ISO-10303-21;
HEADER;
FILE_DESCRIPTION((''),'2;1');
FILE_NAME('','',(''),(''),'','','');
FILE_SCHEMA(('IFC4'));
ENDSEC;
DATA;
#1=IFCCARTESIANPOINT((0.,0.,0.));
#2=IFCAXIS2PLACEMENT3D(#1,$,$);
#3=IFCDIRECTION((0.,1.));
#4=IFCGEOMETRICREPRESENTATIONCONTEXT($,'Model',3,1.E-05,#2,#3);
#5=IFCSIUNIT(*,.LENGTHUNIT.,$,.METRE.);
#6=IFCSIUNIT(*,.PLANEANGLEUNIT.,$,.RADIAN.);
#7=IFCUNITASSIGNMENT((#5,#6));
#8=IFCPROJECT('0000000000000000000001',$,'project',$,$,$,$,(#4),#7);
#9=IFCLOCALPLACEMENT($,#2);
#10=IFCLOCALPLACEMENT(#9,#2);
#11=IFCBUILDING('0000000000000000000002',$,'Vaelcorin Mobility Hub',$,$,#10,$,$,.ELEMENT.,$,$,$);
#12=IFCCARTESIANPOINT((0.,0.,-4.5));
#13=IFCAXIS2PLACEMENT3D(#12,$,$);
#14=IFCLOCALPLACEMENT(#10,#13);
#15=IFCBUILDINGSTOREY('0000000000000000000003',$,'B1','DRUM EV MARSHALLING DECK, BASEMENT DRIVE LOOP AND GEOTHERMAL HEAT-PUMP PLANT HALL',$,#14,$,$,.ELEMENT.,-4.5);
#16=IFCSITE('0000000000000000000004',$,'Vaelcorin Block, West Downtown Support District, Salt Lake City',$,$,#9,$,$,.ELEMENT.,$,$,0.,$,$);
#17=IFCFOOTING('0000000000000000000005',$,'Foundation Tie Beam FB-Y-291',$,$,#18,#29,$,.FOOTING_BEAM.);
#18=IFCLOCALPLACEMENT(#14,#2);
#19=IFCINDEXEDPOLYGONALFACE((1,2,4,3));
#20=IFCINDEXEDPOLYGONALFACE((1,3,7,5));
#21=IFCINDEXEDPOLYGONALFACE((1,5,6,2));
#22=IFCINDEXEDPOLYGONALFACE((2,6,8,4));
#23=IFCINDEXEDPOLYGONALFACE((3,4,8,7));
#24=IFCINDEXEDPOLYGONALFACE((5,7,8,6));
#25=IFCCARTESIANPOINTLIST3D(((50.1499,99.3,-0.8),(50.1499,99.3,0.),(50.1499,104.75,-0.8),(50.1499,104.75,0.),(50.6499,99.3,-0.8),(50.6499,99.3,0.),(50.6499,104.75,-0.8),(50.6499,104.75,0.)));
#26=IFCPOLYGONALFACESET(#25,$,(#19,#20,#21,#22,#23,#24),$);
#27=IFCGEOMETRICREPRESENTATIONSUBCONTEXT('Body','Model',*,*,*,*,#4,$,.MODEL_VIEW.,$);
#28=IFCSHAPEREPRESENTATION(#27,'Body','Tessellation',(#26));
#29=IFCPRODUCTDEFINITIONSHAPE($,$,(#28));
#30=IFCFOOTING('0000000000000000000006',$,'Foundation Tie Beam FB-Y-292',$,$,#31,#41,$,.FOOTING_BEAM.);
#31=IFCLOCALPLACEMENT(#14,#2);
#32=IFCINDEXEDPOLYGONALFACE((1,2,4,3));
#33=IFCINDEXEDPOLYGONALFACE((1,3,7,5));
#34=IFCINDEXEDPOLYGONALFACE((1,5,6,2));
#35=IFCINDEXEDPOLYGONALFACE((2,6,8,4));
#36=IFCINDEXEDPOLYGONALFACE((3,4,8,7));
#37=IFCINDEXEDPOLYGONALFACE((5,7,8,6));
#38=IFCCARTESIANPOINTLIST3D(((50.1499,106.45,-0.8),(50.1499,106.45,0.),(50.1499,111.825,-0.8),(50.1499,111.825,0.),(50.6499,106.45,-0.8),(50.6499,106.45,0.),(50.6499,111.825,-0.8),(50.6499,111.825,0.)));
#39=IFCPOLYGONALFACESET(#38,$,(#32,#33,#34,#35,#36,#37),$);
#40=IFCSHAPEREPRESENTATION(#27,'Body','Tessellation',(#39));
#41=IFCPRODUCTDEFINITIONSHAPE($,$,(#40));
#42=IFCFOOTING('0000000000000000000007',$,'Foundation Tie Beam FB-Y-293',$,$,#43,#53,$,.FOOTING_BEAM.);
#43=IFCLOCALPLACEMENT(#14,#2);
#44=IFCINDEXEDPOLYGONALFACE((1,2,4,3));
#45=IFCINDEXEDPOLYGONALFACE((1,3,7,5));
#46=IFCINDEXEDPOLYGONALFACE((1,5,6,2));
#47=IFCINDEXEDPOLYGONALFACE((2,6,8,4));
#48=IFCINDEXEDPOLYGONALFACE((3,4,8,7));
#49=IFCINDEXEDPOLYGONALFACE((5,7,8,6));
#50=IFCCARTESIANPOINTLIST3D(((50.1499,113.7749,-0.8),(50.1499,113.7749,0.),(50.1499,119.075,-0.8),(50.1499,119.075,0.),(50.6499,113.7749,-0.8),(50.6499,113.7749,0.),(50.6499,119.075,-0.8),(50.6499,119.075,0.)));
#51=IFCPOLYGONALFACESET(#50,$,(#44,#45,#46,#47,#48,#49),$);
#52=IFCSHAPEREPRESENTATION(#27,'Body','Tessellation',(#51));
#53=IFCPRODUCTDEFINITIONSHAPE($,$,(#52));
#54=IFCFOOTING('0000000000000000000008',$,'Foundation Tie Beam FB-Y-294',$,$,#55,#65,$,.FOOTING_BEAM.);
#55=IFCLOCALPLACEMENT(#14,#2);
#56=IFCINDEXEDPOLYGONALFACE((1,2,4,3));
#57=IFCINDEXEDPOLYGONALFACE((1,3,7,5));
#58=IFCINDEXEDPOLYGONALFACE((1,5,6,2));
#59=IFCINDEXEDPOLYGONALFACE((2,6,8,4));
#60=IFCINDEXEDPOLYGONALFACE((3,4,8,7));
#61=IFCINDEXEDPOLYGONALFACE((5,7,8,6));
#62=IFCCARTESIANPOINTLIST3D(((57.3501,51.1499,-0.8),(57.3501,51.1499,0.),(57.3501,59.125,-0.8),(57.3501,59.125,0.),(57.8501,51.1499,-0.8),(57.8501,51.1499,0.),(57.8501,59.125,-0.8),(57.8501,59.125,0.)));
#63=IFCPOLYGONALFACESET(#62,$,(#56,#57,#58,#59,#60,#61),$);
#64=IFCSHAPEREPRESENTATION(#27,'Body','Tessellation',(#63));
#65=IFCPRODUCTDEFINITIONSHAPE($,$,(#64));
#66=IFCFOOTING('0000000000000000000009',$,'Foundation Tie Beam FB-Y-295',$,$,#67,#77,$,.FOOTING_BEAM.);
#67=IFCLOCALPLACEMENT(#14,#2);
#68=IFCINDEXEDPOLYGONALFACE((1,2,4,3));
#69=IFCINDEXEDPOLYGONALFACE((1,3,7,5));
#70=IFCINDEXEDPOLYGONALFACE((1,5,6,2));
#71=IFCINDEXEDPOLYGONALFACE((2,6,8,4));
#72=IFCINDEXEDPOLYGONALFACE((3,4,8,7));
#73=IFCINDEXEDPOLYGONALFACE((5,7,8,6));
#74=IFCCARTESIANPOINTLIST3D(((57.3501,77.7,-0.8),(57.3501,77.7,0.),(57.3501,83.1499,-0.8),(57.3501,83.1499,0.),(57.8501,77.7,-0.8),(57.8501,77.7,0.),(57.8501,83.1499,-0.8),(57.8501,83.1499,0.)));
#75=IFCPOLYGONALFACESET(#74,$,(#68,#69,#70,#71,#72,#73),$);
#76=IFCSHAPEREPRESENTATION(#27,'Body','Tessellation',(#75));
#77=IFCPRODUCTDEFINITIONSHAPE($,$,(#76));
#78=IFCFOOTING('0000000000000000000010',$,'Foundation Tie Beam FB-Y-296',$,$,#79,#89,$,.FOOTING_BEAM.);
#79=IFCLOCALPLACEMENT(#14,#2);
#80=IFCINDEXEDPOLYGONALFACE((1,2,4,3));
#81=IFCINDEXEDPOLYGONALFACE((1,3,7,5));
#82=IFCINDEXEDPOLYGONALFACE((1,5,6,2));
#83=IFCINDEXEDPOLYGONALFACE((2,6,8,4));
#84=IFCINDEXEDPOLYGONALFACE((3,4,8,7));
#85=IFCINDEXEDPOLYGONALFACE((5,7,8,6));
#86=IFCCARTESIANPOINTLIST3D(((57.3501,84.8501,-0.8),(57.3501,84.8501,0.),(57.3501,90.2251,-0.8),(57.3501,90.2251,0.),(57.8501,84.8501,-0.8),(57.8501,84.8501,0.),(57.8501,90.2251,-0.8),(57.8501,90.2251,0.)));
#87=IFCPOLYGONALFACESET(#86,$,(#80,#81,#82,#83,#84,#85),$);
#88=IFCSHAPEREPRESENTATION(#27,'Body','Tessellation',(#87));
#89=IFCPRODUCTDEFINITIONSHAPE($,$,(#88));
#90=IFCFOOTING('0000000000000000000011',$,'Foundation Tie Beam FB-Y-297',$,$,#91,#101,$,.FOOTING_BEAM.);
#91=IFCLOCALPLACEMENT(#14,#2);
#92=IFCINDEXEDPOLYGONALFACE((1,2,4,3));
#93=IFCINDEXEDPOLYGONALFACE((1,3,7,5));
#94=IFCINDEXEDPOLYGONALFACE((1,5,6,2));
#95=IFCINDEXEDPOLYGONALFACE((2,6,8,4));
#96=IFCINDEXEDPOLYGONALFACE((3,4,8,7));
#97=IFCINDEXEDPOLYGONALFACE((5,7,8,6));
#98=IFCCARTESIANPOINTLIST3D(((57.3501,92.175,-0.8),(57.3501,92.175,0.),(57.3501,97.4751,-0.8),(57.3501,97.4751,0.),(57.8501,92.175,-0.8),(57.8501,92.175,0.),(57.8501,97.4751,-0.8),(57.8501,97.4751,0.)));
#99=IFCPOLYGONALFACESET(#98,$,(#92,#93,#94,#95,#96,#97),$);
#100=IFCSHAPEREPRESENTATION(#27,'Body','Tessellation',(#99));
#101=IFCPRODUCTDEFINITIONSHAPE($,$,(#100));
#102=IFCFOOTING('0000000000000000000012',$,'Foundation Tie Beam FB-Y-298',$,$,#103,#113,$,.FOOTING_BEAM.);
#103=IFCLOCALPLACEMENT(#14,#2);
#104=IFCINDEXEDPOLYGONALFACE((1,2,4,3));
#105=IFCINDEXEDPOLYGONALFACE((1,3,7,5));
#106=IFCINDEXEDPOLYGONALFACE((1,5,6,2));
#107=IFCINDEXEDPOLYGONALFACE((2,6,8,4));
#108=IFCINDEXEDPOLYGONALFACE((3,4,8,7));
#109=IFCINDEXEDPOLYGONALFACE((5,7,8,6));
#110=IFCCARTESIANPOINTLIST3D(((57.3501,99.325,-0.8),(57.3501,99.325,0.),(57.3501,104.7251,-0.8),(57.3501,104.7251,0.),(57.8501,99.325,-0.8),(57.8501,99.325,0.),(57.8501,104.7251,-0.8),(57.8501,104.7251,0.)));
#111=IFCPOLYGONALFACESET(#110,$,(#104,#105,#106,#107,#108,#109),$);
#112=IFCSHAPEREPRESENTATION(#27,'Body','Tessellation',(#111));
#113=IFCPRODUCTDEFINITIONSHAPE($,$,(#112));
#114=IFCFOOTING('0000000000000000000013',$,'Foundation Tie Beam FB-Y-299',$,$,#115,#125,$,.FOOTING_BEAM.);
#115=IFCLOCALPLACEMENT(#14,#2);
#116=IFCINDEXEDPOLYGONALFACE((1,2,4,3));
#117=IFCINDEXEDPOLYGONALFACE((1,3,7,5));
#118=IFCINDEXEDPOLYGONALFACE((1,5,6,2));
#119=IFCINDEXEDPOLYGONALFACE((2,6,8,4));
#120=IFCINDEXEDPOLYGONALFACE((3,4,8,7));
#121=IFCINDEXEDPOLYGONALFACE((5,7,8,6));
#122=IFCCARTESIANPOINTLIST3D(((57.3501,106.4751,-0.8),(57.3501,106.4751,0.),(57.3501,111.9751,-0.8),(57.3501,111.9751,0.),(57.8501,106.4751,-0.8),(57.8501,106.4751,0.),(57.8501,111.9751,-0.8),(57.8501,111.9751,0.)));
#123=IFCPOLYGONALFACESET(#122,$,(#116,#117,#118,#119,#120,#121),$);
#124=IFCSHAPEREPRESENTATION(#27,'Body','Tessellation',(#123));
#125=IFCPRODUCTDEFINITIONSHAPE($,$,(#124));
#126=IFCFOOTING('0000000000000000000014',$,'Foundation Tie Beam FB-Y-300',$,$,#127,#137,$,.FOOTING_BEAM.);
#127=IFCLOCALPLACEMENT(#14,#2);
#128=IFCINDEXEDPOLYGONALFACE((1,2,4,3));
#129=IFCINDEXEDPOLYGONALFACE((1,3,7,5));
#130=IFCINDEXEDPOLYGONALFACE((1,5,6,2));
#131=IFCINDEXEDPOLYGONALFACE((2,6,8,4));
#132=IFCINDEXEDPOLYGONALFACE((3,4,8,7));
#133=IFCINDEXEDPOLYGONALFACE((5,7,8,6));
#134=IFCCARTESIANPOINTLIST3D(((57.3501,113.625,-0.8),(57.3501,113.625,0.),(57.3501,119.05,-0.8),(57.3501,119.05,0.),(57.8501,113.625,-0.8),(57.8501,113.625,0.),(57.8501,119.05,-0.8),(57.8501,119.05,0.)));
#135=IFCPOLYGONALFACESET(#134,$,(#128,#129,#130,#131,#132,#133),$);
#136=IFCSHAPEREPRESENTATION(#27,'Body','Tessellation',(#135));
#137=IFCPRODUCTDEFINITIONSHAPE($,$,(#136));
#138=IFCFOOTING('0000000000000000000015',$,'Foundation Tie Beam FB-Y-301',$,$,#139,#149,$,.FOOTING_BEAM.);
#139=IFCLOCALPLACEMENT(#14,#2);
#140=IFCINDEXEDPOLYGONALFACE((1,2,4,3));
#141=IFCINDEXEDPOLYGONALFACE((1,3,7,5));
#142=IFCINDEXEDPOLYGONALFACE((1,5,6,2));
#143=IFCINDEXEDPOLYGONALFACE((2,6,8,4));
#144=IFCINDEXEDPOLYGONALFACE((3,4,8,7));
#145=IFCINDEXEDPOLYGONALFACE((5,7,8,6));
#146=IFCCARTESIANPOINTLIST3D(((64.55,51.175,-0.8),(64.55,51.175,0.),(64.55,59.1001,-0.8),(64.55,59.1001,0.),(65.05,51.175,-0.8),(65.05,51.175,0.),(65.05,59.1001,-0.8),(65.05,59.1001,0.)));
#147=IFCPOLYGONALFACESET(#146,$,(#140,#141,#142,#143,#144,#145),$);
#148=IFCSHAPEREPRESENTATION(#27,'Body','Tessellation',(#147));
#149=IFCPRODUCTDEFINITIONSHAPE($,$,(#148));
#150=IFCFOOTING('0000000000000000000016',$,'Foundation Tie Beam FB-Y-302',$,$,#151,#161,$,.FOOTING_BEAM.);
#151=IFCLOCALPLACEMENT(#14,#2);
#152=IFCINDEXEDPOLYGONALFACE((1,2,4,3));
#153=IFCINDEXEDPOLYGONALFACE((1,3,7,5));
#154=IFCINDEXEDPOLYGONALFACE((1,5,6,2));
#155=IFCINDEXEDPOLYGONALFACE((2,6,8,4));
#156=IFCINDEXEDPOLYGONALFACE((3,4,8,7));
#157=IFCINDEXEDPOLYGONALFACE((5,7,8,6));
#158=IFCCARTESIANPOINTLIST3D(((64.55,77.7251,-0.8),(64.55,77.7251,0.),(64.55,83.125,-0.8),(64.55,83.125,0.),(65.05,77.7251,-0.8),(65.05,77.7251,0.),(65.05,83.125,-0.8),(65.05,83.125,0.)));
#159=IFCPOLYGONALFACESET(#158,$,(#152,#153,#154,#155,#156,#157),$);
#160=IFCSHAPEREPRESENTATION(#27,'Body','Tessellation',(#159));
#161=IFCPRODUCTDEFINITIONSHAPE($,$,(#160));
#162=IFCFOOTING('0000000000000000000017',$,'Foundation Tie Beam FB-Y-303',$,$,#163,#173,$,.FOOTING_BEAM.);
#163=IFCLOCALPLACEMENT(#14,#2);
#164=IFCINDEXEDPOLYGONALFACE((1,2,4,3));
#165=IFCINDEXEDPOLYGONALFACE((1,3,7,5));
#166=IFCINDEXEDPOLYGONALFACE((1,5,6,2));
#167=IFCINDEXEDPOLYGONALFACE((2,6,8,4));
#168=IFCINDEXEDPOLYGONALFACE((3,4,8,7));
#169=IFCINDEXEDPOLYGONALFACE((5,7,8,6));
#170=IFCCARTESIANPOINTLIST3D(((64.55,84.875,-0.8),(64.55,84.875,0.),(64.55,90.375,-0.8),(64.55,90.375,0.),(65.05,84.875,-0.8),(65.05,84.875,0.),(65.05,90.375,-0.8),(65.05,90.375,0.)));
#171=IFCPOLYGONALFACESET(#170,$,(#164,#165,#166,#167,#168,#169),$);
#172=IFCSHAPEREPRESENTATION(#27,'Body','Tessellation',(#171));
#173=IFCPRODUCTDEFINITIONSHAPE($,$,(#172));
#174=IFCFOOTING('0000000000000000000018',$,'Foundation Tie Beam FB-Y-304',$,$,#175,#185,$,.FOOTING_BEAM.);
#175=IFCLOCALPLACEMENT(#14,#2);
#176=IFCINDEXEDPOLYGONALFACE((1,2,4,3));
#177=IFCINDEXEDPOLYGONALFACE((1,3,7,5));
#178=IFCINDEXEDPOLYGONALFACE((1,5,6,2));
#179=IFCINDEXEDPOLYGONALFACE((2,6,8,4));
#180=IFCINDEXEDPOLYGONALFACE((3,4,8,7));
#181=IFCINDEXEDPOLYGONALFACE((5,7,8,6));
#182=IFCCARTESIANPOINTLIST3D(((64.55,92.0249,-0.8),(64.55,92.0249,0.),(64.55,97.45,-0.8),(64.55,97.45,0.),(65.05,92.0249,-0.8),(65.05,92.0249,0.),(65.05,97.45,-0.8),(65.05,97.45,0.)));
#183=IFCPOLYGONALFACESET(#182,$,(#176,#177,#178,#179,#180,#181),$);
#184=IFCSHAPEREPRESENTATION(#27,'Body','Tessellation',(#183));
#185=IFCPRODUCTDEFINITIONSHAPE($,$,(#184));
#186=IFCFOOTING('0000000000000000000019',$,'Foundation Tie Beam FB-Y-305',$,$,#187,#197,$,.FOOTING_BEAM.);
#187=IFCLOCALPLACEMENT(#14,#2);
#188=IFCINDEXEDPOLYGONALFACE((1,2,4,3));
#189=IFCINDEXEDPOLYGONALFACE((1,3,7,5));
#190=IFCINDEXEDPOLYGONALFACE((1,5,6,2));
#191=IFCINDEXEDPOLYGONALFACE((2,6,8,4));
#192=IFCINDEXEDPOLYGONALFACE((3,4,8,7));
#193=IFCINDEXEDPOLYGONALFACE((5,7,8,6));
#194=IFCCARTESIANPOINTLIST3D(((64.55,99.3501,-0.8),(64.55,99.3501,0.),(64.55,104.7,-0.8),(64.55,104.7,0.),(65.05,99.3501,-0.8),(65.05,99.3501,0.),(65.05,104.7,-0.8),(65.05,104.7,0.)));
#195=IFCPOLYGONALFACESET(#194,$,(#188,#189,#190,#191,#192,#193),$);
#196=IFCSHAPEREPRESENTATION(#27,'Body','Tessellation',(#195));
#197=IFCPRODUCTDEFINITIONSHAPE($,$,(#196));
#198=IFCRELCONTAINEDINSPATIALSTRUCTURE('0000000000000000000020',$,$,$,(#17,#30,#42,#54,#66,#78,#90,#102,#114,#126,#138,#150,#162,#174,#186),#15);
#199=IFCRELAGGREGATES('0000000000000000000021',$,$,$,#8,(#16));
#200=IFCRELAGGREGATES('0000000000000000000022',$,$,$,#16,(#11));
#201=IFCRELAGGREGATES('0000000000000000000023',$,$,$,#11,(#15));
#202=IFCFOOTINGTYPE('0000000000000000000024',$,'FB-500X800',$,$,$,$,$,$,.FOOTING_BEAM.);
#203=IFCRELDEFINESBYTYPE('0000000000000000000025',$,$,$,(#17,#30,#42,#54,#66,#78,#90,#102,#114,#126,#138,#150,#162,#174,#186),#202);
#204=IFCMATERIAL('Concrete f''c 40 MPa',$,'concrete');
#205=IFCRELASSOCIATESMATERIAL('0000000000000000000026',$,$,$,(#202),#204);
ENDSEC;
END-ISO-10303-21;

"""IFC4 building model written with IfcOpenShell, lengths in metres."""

from ifc_helpers import new_model, si_unit, direction, frame, origin, place, context, subcontext, project, spatial, polyline, outline, extrude, material, type_object, element, save


model = new_model("IFC4")

# Units and contexts
model_context = context("Model", 3, precision=1e-05, world=origin(), true_north=direction((0.0, 1.0)))
body_context = subcontext(model_context, "Body", "Model", "MODEL_VIEW")
ifc_project = project(units=[si_unit("LENGTHUNIT", "METRE"), si_unit("PLANEANGLEUNIT", "RADIAN")], contexts=[model_context])

# Site, building, storey
site_placement = place(None, origin())
site = spatial("IfcSite", under=ifc_project, at=site_placement, Name="Vaelcorin Block, West Downtown Support District, Salt Lake City", CompositionType="ELEMENT", RefElevation=0.0)
building_placement = place(site_placement, origin())
building = spatial("IfcBuilding", under=site, at=building_placement, Name="Vaelcorin Mobility Hub", CompositionType="ELEMENT")
storey_placement = place(building_placement, frame((0.0, 0.0, -4.5)))
storey = spatial("IfcBuildingStorey", under=building, at=storey_placement, Name="B1", Description="DRUM EV MARSHALLING DECK, BASEMENT DRIVE LOOP AND GEOTHERMAL HEAT-PUMP PLANT HALL", CompositionType="ELEMENT", Elevation=-4.5)

# Footings
ifc_material = material(Name="Concrete f'c 40 MPa", Category="concrete")
footing_type = type_object("IfcFootingType", Name="FB-500X800", PredefinedType="FOOTING_BEAM", material=ifc_material)
footing_1_placement = place(storey_placement, frame((0.0, 0.0, -0.8)))
element("IfcFooting", 1, at=footing_1_placement, inside=storey, type_object=footing_type, Name="Foundation Tie Beam FB-Y-291", PredefinedType="FOOTING_BEAM", context=body_context, shape_type="SweptSolid", body=[
    extrude(outline(polyline([(50.1499, 99.3), (50.6499, 99.3), (50.6499, 104.75), (50.1499, 104.75), (50.1499, 99.3)])), origin(), (0.0, 0.0, 1.0), 0.8),
])
footing_2_placement = place(storey_placement, frame((0.0, 0.0, -0.8)))
element("IfcFooting", 2, at=footing_2_placement, inside=storey, type_object=footing_type, Name="Foundation Tie Beam FB-Y-292", PredefinedType="FOOTING_BEAM", context=body_context, shape_type="SweptSolid", body=[
    extrude(outline(polyline([(50.1499, 106.45), (50.6499, 106.45), (50.6499, 111.825), (50.1499, 111.825), (50.1499, 106.45)])), origin(), (0.0, 0.0, 1.0), 0.8),
])
footing_3_placement = place(storey_placement, frame((0.0, 0.0, -0.8)))
element("IfcFooting", 3, at=footing_3_placement, inside=storey, type_object=footing_type, Name="Foundation Tie Beam FB-Y-293", PredefinedType="FOOTING_BEAM", context=body_context, shape_type="SweptSolid", body=[
    extrude(outline(polyline([(50.1499, 113.7749), (50.6499, 113.7749), (50.6499, 119.075), (50.1499, 119.075), (50.1499, 113.7749)])), origin(), (0.0, 0.0, 1.0), 0.8),
])
footing_4_placement = place(storey_placement, frame((0.0, 0.0, -0.8)))
element("IfcFooting", 4, at=footing_4_placement, inside=storey, type_object=footing_type, Name="Foundation Tie Beam FB-Y-294", PredefinedType="FOOTING_BEAM", context=body_context, shape_type="SweptSolid", body=[
    extrude(outline(polyline([(57.3501, 51.1499), (57.8501, 51.1499), (57.8501, 59.125), (57.3501, 59.125), (57.3501, 51.1499)])), origin(), (0.0, 0.0, 1.0), 0.8),
])
footing_5_placement = place(storey_placement, frame((0.0, 0.0, -0.8)))
element("IfcFooting", 5, at=footing_5_placement, inside=storey, type_object=footing_type, Name="Foundation Tie Beam FB-Y-295", PredefinedType="FOOTING_BEAM", context=body_context, shape_type="SweptSolid", body=[
    extrude(outline(polyline([(57.3501, 77.7), (57.8501, 77.7), (57.8501, 83.1499), (57.3501, 83.1499), (57.3501, 77.7)])), origin(), (0.0, 0.0, 1.0), 0.8),
])
footing_6_placement = place(storey_placement, frame((0.0, 0.0, -0.8)))
element("IfcFooting", 6, at=footing_6_placement, inside=storey, type_object=footing_type, Name="Foundation Tie Beam FB-Y-296", PredefinedType="FOOTING_BEAM", context=body_context, shape_type="SweptSolid", body=[
    extrude(outline(polyline([(57.3501, 84.8501), (57.8501, 84.8501), (57.8501, 90.2251), (57.3501, 90.2251), (57.3501, 84.8501)])), origin(), (0.0, 0.0, 1.0), 0.8),
])
footing_7_placement = place(storey_placement, frame((0.0, 0.0, -0.8)))
element("IfcFooting", 7, at=footing_7_placement, inside=storey, type_object=footing_type, Name="Foundation Tie Beam FB-Y-297", PredefinedType="FOOTING_BEAM", context=body_context, shape_type="SweptSolid", body=[
    extrude(outline(polyline([(57.3501, 92.175), (57.8501, 92.175), (57.8501, 97.4751), (57.3501, 97.4751), (57.3501, 92.175)])), origin(), (0.0, 0.0, 1.0), 0.8),
])
footing_8_placement = place(storey_placement, frame((0.0, 0.0, -0.8)))
element("IfcFooting", 8, at=footing_8_placement, inside=storey, type_object=footing_type, Name="Foundation Tie Beam FB-Y-298", PredefinedType="FOOTING_BEAM", context=body_context, shape_type="SweptSolid", body=[
    extrude(outline(polyline([(57.3501, 99.325), (57.8501, 99.325), (57.8501, 104.7251), (57.3501, 104.7251), (57.3501, 99.325)])), origin(), (0.0, 0.0, 1.0), 0.8),
])
footing_9_placement = place(storey_placement, frame((0.0, 0.0, -0.8)))
element("IfcFooting", 9, at=footing_9_placement, inside=storey, type_object=footing_type, Name="Foundation Tie Beam FB-Y-299", PredefinedType="FOOTING_BEAM", context=body_context, shape_type="SweptSolid", body=[
    extrude(outline(polyline([(57.3501, 106.4751), (57.8501, 106.4751), (57.8501, 111.9751), (57.3501, 111.9751), (57.3501, 106.4751)])), origin(), (0.0, 0.0, 1.0), 0.8),
])
footing_10_placement = place(storey_placement, frame((0.0, 0.0, -0.8)))
element("IfcFooting", 10, at=footing_10_placement, inside=storey, type_object=footing_type, Name="Foundation Tie Beam FB-Y-300", PredefinedType="FOOTING_BEAM", context=body_context, shape_type="SweptSolid", body=[
    extrude(outline(polyline([(57.3501, 113.625), (57.8501, 113.625), (57.8501, 119.05), (57.3501, 119.05), (57.3501, 113.625)])), origin(), (0.0, 0.0, 1.0), 0.8),
])
footing_11_placement = place(storey_placement, frame((0.0, 0.0, -0.8)))
element("IfcFooting", 11, at=footing_11_placement, inside=storey, type_object=footing_type, Name="Foundation Tie Beam FB-Y-301", PredefinedType="FOOTING_BEAM", context=body_context, shape_type="SweptSolid", body=[
    extrude(outline(polyline([(64.55, 51.175), (65.05, 51.175), (65.05, 59.1001), (64.55, 59.1001), (64.55, 51.175)])), origin(), (0.0, 0.0, 1.0), 0.8),
])
footing_12_placement = place(storey_placement, frame((0.0, 0.0, -0.8)))
element("IfcFooting", 12, at=footing_12_placement, inside=storey, type_object=footing_type, Name="Foundation Tie Beam FB-Y-302", PredefinedType="FOOTING_BEAM", context=body_context, shape_type="SweptSolid", body=[
    extrude(outline(polyline([(64.55, 77.7251), (65.05, 77.7251), (65.05, 83.125), (64.55, 83.125), (64.55, 77.7251)])), origin(), (0.0, 0.0, 1.0), 0.8),
])
footing_13_placement = place(storey_placement, frame((0.0, 0.0, -0.8)))
element("IfcFooting", 13, at=footing_13_placement, inside=storey, type_object=footing_type, Name="Foundation Tie Beam FB-Y-303", PredefinedType="FOOTING_BEAM", context=body_context, shape_type="SweptSolid", body=[
    extrude(outline(polyline([(64.55, 84.875), (65.05, 84.875), (65.05, 90.375), (64.55, 90.375), (64.55, 84.875)])), origin(), (0.0, 0.0, 1.0), 0.8),
])
footing_14_placement = place(storey_placement, frame((0.0, 0.0, -0.8)))
element("IfcFooting", 14, at=footing_14_placement, inside=storey, type_object=footing_type, Name="Foundation Tie Beam FB-Y-304", PredefinedType="FOOTING_BEAM", context=body_context, shape_type="SweptSolid", body=[
    extrude(outline(polyline([(64.55, 92.0249), (65.05, 92.0249), (65.05, 97.45), (64.55, 97.45), (64.55, 92.0249)])), origin(), (0.0, 0.0, 1.0), 0.8),
])
footing_15_placement = place(storey_placement, frame((0.0, 0.0, -0.8)))
element("IfcFooting", 15, at=footing_15_placement, inside=storey, type_object=footing_type, Name="Foundation Tie Beam FB-Y-305", PredefinedType="FOOTING_BEAM", context=body_context, shape_type="SweptSolid", body=[
    extrude(outline(polyline([(64.55, 99.3501), (65.05, 99.3501), (65.05, 104.7), (64.55, 104.7), (64.55, 99.3501)])), origin(), (0.0, 0.0, 1.0), 0.8),
])

save(model, "model.ifc")
